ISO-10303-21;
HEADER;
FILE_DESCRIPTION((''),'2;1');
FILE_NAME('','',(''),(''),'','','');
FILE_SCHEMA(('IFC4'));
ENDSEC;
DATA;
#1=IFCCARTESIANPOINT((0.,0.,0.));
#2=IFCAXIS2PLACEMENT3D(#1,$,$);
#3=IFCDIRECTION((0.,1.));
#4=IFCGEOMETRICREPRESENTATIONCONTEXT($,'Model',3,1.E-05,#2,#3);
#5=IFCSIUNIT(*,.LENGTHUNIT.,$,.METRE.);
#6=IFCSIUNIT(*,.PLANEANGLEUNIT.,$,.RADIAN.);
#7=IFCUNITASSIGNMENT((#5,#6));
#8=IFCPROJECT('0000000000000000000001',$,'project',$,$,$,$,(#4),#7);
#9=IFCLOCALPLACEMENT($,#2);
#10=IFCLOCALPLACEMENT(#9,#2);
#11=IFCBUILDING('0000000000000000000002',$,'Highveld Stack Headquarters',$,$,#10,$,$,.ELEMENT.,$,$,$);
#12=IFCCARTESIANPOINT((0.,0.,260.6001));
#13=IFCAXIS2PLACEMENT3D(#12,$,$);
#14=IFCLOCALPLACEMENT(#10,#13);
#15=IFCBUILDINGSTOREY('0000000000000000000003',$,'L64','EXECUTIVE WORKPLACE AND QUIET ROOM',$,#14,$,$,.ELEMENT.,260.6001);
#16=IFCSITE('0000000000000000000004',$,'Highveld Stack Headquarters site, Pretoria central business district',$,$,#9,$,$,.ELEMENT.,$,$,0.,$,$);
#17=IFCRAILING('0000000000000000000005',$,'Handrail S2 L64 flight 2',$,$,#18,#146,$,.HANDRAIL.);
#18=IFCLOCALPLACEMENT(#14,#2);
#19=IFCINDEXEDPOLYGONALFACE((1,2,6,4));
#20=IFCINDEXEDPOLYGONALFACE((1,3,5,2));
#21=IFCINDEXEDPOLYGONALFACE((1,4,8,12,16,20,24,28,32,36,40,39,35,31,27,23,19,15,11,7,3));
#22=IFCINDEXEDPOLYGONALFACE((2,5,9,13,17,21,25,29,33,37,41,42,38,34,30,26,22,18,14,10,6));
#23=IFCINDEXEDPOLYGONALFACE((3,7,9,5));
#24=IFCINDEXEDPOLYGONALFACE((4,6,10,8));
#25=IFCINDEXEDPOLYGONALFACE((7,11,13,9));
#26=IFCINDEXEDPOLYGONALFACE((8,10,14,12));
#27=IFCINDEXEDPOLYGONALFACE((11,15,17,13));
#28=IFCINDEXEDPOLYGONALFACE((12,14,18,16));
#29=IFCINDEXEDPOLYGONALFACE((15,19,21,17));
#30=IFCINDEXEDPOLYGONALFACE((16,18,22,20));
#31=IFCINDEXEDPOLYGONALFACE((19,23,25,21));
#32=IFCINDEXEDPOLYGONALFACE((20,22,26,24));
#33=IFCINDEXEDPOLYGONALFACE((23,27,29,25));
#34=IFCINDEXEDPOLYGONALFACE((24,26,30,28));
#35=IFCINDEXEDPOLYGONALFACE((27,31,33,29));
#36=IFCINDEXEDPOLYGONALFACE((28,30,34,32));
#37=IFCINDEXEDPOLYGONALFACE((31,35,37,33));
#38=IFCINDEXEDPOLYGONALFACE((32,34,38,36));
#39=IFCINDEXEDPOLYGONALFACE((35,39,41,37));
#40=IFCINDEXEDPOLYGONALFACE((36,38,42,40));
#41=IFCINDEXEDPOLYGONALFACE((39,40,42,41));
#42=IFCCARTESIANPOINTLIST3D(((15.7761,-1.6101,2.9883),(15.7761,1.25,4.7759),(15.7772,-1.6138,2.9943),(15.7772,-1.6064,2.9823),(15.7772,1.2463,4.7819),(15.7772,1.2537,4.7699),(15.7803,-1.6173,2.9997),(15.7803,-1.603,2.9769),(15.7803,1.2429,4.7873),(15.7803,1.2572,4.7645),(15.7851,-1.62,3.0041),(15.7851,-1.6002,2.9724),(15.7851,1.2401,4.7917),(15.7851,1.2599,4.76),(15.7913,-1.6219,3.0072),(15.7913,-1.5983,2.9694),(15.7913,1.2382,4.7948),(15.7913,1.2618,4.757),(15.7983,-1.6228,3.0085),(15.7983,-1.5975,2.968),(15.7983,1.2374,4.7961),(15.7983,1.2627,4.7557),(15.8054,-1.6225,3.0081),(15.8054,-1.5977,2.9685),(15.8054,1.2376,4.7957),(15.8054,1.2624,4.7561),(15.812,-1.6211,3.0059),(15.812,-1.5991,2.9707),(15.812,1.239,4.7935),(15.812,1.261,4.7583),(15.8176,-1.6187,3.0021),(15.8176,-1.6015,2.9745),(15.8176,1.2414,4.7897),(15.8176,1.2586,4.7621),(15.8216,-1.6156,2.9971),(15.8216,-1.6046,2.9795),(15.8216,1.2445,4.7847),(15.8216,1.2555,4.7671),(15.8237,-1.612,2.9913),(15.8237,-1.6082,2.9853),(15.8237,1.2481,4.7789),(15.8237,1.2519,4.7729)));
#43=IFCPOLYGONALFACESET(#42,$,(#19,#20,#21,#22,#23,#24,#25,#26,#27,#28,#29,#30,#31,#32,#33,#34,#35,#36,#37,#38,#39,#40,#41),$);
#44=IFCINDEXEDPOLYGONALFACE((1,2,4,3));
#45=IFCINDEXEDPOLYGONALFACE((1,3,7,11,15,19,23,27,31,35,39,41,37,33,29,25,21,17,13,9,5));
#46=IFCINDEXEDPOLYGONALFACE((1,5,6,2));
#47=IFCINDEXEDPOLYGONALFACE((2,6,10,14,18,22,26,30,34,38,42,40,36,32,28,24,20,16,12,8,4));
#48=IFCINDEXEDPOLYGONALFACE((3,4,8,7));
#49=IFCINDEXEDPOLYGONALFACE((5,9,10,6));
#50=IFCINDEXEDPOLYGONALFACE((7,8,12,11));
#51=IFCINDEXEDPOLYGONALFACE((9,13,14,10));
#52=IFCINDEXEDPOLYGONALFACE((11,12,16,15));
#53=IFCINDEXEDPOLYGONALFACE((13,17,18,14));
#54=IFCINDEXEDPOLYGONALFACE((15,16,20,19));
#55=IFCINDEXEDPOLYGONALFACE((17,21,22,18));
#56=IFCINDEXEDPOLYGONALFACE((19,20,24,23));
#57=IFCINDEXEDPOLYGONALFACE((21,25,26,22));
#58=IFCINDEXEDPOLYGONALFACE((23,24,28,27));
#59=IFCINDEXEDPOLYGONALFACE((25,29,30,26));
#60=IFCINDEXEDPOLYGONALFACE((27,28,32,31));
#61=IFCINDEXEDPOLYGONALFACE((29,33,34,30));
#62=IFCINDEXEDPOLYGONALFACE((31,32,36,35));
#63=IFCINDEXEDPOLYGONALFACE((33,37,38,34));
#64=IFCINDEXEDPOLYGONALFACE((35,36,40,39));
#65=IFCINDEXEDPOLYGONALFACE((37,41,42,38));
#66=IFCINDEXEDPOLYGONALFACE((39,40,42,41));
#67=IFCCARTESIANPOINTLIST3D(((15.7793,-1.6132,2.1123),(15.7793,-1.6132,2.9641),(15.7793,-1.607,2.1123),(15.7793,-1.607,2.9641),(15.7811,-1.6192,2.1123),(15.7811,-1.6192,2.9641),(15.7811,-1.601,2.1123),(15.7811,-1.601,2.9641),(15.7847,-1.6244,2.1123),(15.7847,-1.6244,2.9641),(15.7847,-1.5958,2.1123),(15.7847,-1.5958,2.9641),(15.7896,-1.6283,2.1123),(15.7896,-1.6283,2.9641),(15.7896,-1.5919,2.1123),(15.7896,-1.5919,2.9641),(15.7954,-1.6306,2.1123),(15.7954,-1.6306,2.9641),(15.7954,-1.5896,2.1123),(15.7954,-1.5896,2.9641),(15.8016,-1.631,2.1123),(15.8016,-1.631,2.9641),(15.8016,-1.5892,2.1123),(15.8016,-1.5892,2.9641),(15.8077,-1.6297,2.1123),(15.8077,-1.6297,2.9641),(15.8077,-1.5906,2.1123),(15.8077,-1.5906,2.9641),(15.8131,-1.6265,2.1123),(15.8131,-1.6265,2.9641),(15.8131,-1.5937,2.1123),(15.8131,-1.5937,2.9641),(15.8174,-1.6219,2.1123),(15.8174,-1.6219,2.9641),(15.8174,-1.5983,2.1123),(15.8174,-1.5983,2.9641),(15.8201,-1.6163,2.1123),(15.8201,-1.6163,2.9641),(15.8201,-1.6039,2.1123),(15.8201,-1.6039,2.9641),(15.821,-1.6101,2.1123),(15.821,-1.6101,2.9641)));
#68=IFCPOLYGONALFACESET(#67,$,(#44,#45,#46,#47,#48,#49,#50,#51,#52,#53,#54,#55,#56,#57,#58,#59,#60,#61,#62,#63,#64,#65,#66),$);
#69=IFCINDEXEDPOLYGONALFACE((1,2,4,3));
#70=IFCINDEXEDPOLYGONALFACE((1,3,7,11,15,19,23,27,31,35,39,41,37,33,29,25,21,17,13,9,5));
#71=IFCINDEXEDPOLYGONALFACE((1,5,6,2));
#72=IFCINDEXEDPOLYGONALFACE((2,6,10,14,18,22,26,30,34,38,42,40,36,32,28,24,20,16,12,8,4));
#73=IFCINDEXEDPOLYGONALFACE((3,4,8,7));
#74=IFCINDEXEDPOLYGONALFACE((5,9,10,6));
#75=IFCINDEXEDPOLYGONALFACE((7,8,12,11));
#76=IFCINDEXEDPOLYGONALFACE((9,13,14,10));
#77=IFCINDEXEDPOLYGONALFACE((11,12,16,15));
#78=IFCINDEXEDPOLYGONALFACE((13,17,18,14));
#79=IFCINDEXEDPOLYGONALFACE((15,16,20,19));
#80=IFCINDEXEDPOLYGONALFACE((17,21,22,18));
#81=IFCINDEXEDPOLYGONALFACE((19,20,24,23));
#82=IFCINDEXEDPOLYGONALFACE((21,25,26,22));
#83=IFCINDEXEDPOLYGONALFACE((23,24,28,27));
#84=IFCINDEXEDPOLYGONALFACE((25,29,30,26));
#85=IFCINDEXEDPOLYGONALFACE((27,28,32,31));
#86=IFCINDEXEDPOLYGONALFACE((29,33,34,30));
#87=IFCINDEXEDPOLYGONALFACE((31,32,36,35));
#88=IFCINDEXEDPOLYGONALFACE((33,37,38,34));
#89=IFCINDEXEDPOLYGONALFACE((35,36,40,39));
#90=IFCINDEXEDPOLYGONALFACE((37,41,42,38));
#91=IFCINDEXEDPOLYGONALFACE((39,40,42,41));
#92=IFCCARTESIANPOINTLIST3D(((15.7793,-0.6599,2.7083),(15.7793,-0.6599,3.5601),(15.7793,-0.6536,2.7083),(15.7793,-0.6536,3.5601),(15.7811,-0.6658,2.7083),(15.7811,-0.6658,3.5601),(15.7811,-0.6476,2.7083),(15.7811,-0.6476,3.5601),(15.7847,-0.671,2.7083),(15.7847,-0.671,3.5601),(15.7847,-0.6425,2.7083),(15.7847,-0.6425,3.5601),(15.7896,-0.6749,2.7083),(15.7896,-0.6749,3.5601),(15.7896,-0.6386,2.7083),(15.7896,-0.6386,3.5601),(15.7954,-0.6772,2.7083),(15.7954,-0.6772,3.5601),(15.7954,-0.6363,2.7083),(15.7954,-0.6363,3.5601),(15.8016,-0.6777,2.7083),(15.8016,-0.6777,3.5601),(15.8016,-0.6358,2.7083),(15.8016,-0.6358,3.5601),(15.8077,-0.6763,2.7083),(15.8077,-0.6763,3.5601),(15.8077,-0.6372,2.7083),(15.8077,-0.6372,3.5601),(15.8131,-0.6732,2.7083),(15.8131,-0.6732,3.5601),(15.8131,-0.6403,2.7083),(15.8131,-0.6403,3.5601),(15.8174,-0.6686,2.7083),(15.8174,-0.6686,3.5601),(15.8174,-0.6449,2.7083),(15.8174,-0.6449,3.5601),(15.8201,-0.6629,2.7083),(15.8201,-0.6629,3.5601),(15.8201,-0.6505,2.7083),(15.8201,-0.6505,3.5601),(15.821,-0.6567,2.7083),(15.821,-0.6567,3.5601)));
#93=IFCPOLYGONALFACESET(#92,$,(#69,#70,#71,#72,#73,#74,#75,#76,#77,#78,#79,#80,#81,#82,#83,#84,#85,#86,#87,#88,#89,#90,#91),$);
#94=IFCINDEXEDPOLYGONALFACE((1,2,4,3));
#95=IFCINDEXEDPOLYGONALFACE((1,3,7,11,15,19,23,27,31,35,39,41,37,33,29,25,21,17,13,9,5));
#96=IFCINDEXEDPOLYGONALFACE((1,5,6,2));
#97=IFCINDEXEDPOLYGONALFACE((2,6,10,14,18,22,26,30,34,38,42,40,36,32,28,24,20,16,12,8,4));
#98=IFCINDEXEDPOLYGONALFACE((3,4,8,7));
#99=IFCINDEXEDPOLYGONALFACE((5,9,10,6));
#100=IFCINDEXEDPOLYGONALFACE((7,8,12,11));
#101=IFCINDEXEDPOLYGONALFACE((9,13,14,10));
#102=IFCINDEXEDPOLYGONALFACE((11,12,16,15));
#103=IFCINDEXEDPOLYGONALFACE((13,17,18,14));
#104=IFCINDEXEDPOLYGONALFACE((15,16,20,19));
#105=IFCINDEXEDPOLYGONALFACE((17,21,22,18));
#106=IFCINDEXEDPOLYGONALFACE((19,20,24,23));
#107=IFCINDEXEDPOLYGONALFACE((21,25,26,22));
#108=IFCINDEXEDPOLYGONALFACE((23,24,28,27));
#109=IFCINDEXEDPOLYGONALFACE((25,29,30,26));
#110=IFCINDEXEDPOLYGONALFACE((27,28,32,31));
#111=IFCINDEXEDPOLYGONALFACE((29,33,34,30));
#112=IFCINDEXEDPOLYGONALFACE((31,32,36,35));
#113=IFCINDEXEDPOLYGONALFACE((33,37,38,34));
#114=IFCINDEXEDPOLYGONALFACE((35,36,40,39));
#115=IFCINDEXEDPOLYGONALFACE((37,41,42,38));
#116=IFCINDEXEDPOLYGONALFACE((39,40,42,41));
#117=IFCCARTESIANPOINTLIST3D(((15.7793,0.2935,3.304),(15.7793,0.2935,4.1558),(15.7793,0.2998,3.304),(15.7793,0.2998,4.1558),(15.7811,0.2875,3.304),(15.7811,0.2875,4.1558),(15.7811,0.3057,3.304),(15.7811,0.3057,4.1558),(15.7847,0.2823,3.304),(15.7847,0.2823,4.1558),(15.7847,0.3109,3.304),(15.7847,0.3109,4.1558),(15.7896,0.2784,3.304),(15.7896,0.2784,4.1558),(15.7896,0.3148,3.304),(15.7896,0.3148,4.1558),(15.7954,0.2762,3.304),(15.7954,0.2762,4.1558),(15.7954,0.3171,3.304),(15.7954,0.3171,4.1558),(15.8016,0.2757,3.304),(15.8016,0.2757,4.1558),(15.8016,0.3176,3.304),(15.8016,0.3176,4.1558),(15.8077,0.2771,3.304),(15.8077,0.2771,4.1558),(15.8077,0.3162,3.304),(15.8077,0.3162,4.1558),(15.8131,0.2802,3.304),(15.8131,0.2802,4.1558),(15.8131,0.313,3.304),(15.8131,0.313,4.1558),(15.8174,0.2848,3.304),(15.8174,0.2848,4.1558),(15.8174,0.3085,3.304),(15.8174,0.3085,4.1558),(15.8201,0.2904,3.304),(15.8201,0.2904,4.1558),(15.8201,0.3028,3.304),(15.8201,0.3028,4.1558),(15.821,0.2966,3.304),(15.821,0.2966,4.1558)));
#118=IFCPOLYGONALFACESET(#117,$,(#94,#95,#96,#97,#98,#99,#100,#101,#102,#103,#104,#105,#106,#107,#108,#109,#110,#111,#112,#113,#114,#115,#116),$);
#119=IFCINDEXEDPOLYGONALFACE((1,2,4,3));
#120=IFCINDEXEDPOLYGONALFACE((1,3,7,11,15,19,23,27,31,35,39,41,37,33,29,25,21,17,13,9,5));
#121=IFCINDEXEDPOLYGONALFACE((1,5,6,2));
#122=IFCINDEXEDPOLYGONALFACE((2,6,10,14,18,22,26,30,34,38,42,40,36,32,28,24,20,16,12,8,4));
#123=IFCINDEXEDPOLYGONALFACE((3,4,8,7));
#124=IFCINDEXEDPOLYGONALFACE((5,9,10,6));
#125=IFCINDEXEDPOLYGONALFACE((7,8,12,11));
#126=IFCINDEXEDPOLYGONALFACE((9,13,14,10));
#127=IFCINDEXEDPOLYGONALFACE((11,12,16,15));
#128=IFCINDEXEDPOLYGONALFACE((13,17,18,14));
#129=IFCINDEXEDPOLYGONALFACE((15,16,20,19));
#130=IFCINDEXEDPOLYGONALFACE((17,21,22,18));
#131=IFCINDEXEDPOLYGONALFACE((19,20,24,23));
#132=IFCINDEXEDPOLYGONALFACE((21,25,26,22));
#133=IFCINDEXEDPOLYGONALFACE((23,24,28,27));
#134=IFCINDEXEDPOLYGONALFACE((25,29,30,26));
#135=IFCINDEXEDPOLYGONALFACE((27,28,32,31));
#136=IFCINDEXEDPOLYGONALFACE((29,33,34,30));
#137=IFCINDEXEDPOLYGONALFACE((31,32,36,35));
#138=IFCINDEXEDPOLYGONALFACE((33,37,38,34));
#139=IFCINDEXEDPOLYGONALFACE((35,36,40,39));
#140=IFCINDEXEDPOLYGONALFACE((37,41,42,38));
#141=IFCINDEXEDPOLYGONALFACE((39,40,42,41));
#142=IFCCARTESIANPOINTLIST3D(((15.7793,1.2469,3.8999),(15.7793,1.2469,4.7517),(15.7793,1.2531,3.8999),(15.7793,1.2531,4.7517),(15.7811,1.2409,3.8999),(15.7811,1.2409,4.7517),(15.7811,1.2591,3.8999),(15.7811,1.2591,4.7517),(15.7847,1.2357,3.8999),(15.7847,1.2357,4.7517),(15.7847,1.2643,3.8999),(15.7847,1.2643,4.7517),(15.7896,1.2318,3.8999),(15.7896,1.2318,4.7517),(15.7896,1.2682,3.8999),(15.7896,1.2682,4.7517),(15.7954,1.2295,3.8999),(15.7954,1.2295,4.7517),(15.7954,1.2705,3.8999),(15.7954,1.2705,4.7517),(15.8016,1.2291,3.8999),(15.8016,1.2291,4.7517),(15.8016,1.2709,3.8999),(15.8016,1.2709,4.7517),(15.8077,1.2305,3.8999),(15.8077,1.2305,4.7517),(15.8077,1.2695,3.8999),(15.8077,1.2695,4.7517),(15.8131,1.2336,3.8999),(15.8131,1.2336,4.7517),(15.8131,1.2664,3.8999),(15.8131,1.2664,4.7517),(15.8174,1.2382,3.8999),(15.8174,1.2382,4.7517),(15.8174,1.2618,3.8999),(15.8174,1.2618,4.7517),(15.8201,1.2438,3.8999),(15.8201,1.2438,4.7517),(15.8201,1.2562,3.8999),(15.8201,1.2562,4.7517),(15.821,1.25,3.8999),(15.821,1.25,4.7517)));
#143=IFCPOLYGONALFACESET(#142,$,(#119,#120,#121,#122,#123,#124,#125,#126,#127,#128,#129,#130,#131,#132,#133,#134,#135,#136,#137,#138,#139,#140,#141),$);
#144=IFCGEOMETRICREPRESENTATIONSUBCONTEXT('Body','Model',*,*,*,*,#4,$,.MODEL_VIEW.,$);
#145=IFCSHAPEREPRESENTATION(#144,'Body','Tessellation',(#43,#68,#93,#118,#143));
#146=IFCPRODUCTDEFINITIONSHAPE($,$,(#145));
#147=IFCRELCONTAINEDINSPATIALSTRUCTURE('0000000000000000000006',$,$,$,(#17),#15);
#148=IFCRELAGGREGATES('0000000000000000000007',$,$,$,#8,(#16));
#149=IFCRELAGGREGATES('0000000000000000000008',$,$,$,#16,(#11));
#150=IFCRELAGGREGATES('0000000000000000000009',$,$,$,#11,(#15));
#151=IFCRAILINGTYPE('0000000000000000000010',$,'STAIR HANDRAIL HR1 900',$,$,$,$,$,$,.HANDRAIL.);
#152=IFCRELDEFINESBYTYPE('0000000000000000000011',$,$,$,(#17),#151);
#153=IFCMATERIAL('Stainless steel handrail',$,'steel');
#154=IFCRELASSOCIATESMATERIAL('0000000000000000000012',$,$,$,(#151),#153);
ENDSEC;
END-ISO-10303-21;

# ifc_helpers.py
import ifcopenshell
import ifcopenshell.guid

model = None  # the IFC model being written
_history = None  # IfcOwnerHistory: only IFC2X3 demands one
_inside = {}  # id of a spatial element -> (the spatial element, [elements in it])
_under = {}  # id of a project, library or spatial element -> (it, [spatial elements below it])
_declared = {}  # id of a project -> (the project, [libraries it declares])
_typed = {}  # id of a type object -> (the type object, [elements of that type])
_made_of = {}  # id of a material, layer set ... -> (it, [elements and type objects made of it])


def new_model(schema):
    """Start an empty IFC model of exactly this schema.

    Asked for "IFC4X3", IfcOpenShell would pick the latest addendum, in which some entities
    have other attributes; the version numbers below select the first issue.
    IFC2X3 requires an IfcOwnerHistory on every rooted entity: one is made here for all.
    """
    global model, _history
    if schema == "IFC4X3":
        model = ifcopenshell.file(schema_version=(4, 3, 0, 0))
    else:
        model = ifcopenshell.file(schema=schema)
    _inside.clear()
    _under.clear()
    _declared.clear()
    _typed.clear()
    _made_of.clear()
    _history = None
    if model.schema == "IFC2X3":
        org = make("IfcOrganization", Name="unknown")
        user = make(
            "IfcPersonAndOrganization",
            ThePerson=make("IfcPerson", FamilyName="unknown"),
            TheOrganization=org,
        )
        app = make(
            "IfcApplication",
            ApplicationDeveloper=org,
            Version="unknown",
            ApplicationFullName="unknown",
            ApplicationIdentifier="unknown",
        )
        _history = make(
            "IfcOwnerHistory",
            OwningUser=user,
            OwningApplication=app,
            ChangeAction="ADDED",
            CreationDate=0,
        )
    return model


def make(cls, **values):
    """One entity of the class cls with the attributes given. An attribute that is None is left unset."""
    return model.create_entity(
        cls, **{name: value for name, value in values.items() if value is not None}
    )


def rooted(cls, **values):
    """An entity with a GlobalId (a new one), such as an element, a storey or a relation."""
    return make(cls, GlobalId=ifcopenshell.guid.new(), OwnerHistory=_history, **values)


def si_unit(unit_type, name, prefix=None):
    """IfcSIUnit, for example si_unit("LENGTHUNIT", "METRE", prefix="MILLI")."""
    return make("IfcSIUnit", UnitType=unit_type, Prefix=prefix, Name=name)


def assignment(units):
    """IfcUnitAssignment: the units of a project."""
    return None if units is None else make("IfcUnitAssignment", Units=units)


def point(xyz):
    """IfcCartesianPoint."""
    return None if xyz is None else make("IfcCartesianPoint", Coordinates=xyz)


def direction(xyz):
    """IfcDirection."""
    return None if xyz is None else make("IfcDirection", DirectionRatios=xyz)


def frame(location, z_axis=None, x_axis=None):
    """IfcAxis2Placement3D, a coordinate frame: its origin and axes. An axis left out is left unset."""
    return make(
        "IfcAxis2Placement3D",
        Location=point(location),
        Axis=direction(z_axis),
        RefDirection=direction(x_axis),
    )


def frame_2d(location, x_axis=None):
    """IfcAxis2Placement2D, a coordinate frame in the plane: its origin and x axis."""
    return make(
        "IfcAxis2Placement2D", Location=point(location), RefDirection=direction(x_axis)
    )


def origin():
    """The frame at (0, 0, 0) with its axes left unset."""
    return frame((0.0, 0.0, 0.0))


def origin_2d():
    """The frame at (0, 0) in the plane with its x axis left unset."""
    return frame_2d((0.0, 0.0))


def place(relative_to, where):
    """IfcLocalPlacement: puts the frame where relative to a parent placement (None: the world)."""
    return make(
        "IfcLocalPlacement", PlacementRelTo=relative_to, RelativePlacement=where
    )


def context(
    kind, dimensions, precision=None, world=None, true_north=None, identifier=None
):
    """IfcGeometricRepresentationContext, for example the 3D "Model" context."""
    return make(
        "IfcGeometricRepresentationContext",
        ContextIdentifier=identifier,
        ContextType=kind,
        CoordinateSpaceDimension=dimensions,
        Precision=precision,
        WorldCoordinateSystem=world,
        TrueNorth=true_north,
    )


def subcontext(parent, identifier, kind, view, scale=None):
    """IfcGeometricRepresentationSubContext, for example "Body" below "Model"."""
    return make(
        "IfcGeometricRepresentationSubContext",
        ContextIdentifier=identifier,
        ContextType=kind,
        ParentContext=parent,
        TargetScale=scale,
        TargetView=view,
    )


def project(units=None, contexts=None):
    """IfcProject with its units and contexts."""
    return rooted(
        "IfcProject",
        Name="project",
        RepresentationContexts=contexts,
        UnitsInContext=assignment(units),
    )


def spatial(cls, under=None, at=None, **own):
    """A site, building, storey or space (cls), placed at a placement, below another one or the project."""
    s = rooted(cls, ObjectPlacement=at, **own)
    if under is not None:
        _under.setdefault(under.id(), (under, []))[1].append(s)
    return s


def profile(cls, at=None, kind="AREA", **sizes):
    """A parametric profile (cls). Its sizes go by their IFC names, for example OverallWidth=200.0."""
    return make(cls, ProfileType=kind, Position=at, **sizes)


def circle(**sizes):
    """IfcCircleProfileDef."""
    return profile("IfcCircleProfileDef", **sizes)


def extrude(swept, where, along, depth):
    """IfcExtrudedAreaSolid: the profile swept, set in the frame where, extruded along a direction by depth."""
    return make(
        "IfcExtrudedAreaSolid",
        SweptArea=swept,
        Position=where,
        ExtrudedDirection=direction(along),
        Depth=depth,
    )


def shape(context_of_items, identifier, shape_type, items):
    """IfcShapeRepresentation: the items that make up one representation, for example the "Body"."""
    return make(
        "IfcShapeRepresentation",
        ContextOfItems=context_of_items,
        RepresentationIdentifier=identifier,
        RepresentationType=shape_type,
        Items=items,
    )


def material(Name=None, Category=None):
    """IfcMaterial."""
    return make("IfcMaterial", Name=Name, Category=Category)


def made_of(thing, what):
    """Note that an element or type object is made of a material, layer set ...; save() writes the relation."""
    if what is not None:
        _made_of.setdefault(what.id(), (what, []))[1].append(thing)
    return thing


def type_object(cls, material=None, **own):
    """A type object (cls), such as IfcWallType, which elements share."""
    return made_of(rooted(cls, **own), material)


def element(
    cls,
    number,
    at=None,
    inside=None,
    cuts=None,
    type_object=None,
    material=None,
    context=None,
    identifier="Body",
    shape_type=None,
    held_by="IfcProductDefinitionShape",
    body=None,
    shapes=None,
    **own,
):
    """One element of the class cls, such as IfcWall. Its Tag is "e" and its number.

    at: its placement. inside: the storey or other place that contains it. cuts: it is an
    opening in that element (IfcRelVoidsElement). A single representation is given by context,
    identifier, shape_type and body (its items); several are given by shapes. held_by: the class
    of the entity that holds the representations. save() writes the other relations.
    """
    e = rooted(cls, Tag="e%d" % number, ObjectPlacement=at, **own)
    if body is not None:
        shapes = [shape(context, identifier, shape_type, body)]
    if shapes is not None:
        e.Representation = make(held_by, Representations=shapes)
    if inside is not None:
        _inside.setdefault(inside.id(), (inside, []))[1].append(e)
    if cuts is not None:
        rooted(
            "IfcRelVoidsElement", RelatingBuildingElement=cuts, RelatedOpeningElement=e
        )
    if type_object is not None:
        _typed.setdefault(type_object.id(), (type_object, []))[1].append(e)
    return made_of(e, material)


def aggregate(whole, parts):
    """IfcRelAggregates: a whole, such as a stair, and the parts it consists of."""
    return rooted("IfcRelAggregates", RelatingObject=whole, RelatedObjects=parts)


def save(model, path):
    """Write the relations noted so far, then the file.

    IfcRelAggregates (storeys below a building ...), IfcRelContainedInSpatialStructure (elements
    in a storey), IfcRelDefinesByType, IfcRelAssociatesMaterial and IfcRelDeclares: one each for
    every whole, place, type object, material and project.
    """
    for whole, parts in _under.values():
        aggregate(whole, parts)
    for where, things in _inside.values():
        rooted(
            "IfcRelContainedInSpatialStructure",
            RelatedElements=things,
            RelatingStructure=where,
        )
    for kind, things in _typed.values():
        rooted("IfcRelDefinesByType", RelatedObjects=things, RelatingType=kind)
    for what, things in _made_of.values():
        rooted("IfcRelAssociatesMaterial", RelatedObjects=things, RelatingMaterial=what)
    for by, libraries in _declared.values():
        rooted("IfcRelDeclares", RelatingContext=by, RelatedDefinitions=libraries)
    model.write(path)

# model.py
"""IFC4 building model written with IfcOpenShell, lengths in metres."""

from ifc_helpers import new_model, si_unit, direction, frame, origin, origin_2d, place, context, subcontext, project, spatial, circle, extrude, material, type_object, element, save


model = new_model("IFC4")

# Units and contexts
model_context = context("Model", 3, precision=1e-05, world=origin(), true_north=direction((0.0, 1.0)))
body_context = subcontext(model_context, "Body", "Model", "MODEL_VIEW")
ifc_project = project(units=[si_unit("LENGTHUNIT", "METRE"), si_unit("PLANEANGLEUNIT", "RADIAN")], contexts=[model_context])

# Site, building, storey
site_placement = place(None, origin())
site = spatial("IfcSite", under=ifc_project, at=site_placement, Name="Highveld Stack Headquarters site, Pretoria central business district", CompositionType="ELEMENT", RefElevation=0.0)
building_placement = place(site_placement, origin())
building = spatial("IfcBuilding", under=site, at=building_placement, Name="Highveld Stack Headquarters", CompositionType="ELEMENT")
storey_placement = place(building_placement, frame((0.0, 0.0, 260.6001)))
storey = spatial("IfcBuildingStorey", under=building, at=storey_placement, Name="L64", Description="EXECUTIVE WORKPLACE AND QUIET ROOM", CompositionType="ELEMENT", Elevation=260.6001)

# Railing
ifc_material_1 = material(Name="Stainless steel handrail", Category="steel")
railing_type = type_object("IfcRailingType", Name="STAIR HANDRAIL HR1 900", PredefinedType="HANDRAIL", material=ifc_material_1)
for number, where, name in (
    (1, (15.8, -1.6101, 2.1123), "Handrail S2 L64 flight 2"),
):
    element("IfcRailing", number, at=place(storey_placement, frame(where)), inside=storey, type_object=railing_type, Name=name, PredefinedType="HANDRAIL", context=body_context, shape_type="SweptSolid", body=[
        extrude(circle(Radius=0.0239, at=origin_2d()), frame((0.0, 0.0, 0.876), z_axis=(0.0, 0.847994, 0.530005), x_axis=(-1.0, 0.0, 0.0)), (0.0, 0.0, 1.0), 3.3728),
        extrude(circle(Radius=0.021, at=origin_2d()), origin(), (0.0, 0.0, 1.0), 0.8518),
        extrude(circle(Radius=0.021, at=origin_2d()), frame((0.0, 0.9534, 0.5959)), (0.0, 0.0, 1.0), 0.8518),
        extrude(circle(Radius=0.021, at=origin_2d()), frame((0.0, 1.9067, 1.1917)), (0.0, 0.0, 1.0), 0.8518),
        extrude(circle(Radius=0.021, at=origin_2d()), frame((0.0, 2.8601, 1.7876)), (0.0, 0.0, 1.0), 0.8518),
    ])

save(model, "model.ifc")
